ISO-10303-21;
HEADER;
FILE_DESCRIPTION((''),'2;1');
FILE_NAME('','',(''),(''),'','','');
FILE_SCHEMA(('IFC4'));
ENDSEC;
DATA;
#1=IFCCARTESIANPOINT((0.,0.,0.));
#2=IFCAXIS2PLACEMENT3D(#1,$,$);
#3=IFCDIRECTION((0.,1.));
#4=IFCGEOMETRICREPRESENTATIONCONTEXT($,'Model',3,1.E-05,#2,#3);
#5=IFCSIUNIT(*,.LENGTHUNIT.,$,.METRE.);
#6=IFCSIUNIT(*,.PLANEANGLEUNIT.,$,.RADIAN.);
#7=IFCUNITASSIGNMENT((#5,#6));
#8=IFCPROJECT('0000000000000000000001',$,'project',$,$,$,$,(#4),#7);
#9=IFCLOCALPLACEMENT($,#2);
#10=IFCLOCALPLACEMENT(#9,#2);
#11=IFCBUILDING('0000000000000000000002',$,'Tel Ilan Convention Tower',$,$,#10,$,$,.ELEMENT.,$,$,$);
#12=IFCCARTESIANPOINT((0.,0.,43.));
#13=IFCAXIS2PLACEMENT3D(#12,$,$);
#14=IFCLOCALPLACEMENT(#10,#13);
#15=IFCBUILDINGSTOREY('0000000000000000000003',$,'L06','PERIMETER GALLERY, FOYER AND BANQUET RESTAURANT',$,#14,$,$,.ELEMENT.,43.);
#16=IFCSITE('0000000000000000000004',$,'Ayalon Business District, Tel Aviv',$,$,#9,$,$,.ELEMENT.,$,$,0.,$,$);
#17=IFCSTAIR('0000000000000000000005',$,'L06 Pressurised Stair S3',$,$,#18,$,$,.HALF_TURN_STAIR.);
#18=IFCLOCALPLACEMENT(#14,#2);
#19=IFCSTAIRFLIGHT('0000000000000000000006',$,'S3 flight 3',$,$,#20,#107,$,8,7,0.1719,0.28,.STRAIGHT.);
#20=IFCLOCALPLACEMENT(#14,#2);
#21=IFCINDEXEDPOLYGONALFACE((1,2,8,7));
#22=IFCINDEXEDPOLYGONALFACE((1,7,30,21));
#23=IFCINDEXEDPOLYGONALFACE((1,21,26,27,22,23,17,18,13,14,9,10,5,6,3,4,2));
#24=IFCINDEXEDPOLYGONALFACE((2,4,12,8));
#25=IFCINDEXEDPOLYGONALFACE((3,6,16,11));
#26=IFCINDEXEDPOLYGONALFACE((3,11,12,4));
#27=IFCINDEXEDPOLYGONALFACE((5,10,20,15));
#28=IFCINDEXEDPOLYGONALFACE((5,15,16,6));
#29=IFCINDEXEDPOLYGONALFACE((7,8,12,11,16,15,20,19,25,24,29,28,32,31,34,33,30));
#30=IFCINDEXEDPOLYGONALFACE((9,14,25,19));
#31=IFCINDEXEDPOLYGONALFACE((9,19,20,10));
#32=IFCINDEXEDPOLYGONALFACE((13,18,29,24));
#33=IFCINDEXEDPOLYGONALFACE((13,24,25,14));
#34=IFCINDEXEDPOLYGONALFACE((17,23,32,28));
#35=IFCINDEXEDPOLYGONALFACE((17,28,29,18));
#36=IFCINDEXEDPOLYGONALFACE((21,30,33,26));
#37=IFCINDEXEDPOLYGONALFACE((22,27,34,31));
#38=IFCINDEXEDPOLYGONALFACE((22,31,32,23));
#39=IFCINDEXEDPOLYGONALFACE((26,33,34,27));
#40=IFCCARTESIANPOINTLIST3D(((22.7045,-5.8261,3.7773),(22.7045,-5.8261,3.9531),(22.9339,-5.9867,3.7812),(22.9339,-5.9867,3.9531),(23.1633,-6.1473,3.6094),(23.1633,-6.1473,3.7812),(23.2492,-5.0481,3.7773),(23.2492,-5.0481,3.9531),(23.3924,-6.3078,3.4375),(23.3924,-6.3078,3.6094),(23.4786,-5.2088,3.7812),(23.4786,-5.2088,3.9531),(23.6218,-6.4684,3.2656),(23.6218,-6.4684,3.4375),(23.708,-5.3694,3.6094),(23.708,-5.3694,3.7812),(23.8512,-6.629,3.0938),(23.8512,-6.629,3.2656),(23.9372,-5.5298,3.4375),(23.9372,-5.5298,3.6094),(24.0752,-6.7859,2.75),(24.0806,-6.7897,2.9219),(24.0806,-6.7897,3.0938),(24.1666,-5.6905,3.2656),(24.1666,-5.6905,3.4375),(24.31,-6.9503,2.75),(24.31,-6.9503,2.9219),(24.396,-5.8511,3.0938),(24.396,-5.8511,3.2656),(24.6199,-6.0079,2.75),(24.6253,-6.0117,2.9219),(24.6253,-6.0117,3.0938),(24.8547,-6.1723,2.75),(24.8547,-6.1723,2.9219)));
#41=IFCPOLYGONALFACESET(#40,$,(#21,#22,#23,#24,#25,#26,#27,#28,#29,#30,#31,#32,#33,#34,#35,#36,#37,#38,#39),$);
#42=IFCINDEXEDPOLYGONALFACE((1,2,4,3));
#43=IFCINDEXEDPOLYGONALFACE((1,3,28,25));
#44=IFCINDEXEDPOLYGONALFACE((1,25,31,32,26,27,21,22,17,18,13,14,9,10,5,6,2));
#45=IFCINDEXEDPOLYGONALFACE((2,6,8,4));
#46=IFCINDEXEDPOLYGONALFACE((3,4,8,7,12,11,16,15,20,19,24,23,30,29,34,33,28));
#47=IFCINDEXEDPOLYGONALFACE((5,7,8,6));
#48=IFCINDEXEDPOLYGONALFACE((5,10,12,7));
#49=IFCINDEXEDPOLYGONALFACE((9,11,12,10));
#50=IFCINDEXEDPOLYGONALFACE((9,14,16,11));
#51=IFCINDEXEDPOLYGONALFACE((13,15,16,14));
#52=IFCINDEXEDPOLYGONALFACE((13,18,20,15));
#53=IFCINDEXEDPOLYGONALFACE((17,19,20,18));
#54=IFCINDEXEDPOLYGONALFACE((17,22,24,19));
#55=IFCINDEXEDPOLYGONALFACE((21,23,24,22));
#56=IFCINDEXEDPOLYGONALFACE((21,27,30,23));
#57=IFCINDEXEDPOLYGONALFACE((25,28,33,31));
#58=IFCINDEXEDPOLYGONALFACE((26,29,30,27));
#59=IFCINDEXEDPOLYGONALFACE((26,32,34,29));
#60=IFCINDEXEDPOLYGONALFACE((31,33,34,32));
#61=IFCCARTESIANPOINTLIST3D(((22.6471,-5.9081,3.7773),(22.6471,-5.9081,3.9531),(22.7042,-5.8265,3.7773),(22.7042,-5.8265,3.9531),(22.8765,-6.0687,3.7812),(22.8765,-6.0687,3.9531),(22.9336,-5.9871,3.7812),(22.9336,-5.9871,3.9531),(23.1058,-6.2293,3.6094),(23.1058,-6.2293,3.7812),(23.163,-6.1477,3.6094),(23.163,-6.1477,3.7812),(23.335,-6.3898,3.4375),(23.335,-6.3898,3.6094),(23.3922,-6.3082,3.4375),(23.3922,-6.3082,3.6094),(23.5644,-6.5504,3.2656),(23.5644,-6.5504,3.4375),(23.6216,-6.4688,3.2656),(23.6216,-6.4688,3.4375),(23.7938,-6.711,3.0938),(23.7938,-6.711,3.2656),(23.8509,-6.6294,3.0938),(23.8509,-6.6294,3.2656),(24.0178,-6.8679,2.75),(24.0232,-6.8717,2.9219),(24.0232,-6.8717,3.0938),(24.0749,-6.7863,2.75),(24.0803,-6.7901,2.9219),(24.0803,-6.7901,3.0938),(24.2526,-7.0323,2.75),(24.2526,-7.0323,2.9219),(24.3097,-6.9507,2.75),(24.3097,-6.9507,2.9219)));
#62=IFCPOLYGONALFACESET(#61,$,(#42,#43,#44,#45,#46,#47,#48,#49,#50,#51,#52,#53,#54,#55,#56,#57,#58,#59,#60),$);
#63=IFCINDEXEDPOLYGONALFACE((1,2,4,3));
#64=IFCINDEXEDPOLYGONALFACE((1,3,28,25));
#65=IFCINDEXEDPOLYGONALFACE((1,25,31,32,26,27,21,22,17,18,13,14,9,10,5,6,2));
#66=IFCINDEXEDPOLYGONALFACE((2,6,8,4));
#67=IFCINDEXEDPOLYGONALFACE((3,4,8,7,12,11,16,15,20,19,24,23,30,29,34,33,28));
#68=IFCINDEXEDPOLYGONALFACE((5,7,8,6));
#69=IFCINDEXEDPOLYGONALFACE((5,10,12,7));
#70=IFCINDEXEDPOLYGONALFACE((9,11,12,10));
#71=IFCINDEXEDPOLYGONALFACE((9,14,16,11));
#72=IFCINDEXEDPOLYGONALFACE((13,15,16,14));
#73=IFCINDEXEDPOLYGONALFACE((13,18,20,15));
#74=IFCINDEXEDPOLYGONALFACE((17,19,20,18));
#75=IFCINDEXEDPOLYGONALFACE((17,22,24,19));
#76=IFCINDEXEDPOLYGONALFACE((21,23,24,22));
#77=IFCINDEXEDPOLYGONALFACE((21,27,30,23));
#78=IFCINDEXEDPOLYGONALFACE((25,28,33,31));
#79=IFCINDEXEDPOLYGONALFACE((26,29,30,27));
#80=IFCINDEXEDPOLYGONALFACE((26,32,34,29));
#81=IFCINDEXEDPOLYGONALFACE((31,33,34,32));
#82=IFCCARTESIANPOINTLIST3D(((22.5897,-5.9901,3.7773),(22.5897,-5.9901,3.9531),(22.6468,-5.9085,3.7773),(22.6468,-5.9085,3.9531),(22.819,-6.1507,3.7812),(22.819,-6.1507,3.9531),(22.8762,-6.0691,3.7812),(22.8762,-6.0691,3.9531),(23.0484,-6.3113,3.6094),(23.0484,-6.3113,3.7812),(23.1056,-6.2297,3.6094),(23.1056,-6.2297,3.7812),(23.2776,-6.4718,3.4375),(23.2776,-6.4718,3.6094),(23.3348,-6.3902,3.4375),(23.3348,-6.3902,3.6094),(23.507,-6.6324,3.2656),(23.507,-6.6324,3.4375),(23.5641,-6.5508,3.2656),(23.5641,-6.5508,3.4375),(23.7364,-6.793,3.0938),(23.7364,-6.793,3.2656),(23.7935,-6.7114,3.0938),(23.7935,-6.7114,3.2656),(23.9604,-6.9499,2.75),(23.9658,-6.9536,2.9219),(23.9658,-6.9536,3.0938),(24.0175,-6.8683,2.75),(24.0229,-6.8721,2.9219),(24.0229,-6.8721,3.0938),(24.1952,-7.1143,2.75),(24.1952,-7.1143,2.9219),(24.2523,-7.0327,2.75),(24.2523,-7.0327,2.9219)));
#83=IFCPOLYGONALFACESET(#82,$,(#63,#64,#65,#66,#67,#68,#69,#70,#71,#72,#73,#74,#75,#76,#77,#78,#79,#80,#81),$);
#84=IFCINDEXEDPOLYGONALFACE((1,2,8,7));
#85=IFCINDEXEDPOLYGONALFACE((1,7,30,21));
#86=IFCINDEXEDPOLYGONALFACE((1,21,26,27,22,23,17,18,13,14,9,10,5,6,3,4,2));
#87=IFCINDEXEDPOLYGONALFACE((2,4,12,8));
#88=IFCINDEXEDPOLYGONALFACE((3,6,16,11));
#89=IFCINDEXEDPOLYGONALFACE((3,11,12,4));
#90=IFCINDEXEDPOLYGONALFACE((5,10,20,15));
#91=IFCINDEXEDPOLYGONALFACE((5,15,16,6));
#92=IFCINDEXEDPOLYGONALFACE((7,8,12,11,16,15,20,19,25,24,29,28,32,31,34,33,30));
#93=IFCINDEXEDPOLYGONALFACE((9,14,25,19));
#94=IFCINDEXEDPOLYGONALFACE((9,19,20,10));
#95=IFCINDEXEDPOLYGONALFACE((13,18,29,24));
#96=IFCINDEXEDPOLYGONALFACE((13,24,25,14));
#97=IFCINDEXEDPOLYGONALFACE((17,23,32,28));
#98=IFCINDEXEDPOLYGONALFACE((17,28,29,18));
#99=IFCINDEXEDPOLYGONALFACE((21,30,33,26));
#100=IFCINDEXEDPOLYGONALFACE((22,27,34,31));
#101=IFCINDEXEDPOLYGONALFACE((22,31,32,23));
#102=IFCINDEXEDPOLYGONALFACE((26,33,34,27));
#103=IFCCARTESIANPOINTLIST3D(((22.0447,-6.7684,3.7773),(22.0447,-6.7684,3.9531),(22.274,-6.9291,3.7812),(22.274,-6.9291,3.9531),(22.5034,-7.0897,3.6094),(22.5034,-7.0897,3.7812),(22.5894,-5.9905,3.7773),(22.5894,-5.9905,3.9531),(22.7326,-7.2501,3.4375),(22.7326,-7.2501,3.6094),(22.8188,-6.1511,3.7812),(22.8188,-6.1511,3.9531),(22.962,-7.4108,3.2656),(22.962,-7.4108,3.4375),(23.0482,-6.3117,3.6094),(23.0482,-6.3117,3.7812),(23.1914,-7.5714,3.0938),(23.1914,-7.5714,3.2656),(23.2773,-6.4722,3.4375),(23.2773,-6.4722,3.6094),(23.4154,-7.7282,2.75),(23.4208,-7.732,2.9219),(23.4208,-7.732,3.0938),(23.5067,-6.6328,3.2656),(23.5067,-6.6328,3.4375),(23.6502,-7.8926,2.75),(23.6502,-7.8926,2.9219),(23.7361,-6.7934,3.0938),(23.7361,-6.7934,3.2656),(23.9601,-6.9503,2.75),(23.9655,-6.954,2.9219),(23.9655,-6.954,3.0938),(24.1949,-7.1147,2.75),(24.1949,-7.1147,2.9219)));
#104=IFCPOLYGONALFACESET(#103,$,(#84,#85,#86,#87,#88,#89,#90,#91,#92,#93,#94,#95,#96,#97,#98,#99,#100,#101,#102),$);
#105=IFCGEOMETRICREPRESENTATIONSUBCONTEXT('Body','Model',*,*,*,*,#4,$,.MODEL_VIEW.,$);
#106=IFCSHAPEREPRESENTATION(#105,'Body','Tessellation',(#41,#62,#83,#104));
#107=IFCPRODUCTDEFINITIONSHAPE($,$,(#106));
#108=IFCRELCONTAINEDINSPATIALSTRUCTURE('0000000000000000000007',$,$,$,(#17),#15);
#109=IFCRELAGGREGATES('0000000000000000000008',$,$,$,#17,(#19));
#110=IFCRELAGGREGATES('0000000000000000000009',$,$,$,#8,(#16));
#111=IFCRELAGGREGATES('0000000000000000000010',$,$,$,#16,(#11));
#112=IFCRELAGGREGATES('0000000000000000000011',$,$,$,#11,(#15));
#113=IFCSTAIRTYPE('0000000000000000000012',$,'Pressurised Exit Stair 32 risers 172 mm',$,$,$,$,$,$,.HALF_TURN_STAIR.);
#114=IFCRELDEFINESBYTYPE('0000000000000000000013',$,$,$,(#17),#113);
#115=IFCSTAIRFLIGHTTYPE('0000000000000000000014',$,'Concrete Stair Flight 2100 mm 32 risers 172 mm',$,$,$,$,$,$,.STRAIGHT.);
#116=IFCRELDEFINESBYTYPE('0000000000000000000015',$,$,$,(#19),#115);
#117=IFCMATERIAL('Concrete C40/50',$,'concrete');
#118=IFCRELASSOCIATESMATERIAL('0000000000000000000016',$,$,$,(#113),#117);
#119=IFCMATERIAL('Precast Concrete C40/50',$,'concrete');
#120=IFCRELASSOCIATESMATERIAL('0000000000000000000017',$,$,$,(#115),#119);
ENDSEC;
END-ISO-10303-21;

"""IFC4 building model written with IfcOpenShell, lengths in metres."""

from ifc_helpers import new_model, si_unit, direction, frame, origin, place, context, subcontext, project, spatial, polyline, outline, extrude, material, type_object, element, aggregate, save


model = new_model("IFC4")

# Units and contexts
model_context = context("Model", 3, precision=1e-05, world=origin(), true_north=direction((0.0, 1.0)))
body_context = subcontext(model_context, "Body", "Model", "MODEL_VIEW")
ifc_project = project(units=[si_unit("LENGTHUNIT", "METRE"), si_unit("PLANEANGLEUNIT", "RADIAN")], contexts=[model_context])

# Site, building, storey
site_placement = place(None, origin())
site = spatial("IfcSite", under=ifc_project, at=site_placement, Name="Ayalon Business District, Tel Aviv", CompositionType="ELEMENT", RefElevation=0.0)
building_placement = place(site_placement, origin())
building = spatial("IfcBuilding", under=site, at=building_placement, Name="Tel Ilan Convention Tower", CompositionType="ELEMENT")
storey_placement = place(building_placement, frame((0.0, 0.0, 43.0)))
storey = spatial("IfcBuildingStorey", under=building, at=storey_placement, Name="L06", Description="PERIMETER GALLERY, FOYER AND BANQUET RESTAURANT", CompositionType="ELEMENT", Elevation=43.0)

# Stair, stair flight
ifc_material_1 = material(Name="Concrete C40/50", Category="concrete")
stair_type = type_object("IfcStairType", Name="Pressurised Exit Stair 32 risers 172 mm", PredefinedType="HALF_TURN_STAIR", material=ifc_material_1)
stair_placement = place(storey_placement, origin())
stair = element("IfcStair", 1, at=stair_placement, inside=storey, type_object=stair_type, Name="L06 Pressurised Stair S3", PredefinedType="HALF_TURN_STAIR")
ifc_material_2 = material(Name="Precast Concrete C40/50", Category="concrete")
stair_flight_type = type_object("IfcStairFlightType", Name="Concrete Stair Flight 2100 mm 32 risers 172 mm", PredefinedType="STRAIGHT", material=ifc_material_2)
stair_flight_1_placement = place(storey_placement, frame((24.2524, -7.0325, 2.75), z_axis=(0.0, 0.0, 1.0), x_axis=(-0.819152, 0.573576, 0.0)))
stair_flight_1 = element("IfcStairFlight", 2, at=stair_flight_1_placement, type_object=stair_flight_type, Name="S3 flight 3", NumberOfRisers=8, NumberOfTreads=7, PredefinedType="STRAIGHT", RiserHeight=0.1719, TreadLength=0.28, context=body_context, shape_type="SweptSolid", body=[
    extrude(outline(polyline([(0.0, 0.0), (0.0, 0.1719), (0.28, 0.1719), (0.28, 0.3438), (0.5601, 0.3438), (0.5601, 0.5156), (0.8401, 0.5156), (0.8401, 0.6875), (1.1201, 0.6875), (1.1201, 0.8594), (1.3999, 0.8594), (1.3999, 1.0312), (1.6799, 1.0312), (1.6799, 1.2031), (1.96, 1.2031), (1.96, 1.375), (1.96, 1.0273), (0.2866, 0.0), (0.0, 0.0)])), frame((0.0, -0.1003, 0.0), z_axis=(0.0, -1.0, 0.0), x_axis=(1.0, 0.0, 0.0)), (0.0, 0.0, 1.0), 0.9497),
    extrude(outline(polyline([(0.0, 0.0), (0.0, 0.1719), (0.28, 0.1719), (0.28, 0.3438), (0.5601, 0.3438), (0.5601, 0.5156), (0.8401, 0.5156), (0.8401, 0.6875), (1.1201, 0.6875), (1.1201, 0.8594), (1.3999, 0.8594), (1.3999, 1.0312), (1.6799, 1.0312), (1.6799, 1.2031), (1.96, 1.2031), (1.96, 1.375), (1.96, 1.0273), (0.2866, 0.0), (0.0, 0.0)])), frame((0.0, -0.0002, 0.0), z_axis=(0.0, -1.0, 0.0), x_axis=(1.0, 0.0, 0.0)), (0.0, 0.0, 1.0), 0.0996),
    extrude(outline(polyline([(0.0, 0.0), (0.0, 0.1719), (0.28, 0.1719), (0.28, 0.3438), (0.5601, 0.3438), (0.5601, 0.5156), (0.8401, 0.5156), (0.8401, 0.6875), (1.1201, 0.6875), (1.1201, 0.8594), (1.3999, 0.8594), (1.3999, 1.0312), (1.6799, 1.0312), (1.6799, 1.2031), (1.96, 1.2031), (1.96, 1.375), (1.96, 1.0273), (0.2866, 0.0), (0.0, 0.0)])), frame((0.0, 0.0999, 0.0), z_axis=(0.0, -1.0, 0.0), x_axis=(1.0, 0.0, 0.0)), (0.0, 0.0, 1.0), 0.0996),
    extrude(outline(polyline([(0.0, 0.0), (0.0, 0.1719), (0.28, 0.1719), (0.28, 0.3438), (0.5601, 0.3438), (0.5601, 0.5156), (0.8401, 0.5156), (0.8401, 0.6875), (1.1201, 0.6875), (1.1201, 0.8594), (1.3999, 0.8594), (1.3999, 1.0312), (1.6799, 1.0312), (1.6799, 1.2031), (1.96, 1.2031), (1.96, 1.375), (1.96, 1.0273), (0.2866, 0.0), (0.0, 0.0)])), frame((0.0, 1.05, 0.0), z_axis=(0.0, -1.0, 0.0), x_axis=(1.0, 0.0, 0.0)), (0.0, 0.0, 1.0), 0.9497),
])
aggregate(stair, [stair_flight_1])

save(model, "model.ifc")
